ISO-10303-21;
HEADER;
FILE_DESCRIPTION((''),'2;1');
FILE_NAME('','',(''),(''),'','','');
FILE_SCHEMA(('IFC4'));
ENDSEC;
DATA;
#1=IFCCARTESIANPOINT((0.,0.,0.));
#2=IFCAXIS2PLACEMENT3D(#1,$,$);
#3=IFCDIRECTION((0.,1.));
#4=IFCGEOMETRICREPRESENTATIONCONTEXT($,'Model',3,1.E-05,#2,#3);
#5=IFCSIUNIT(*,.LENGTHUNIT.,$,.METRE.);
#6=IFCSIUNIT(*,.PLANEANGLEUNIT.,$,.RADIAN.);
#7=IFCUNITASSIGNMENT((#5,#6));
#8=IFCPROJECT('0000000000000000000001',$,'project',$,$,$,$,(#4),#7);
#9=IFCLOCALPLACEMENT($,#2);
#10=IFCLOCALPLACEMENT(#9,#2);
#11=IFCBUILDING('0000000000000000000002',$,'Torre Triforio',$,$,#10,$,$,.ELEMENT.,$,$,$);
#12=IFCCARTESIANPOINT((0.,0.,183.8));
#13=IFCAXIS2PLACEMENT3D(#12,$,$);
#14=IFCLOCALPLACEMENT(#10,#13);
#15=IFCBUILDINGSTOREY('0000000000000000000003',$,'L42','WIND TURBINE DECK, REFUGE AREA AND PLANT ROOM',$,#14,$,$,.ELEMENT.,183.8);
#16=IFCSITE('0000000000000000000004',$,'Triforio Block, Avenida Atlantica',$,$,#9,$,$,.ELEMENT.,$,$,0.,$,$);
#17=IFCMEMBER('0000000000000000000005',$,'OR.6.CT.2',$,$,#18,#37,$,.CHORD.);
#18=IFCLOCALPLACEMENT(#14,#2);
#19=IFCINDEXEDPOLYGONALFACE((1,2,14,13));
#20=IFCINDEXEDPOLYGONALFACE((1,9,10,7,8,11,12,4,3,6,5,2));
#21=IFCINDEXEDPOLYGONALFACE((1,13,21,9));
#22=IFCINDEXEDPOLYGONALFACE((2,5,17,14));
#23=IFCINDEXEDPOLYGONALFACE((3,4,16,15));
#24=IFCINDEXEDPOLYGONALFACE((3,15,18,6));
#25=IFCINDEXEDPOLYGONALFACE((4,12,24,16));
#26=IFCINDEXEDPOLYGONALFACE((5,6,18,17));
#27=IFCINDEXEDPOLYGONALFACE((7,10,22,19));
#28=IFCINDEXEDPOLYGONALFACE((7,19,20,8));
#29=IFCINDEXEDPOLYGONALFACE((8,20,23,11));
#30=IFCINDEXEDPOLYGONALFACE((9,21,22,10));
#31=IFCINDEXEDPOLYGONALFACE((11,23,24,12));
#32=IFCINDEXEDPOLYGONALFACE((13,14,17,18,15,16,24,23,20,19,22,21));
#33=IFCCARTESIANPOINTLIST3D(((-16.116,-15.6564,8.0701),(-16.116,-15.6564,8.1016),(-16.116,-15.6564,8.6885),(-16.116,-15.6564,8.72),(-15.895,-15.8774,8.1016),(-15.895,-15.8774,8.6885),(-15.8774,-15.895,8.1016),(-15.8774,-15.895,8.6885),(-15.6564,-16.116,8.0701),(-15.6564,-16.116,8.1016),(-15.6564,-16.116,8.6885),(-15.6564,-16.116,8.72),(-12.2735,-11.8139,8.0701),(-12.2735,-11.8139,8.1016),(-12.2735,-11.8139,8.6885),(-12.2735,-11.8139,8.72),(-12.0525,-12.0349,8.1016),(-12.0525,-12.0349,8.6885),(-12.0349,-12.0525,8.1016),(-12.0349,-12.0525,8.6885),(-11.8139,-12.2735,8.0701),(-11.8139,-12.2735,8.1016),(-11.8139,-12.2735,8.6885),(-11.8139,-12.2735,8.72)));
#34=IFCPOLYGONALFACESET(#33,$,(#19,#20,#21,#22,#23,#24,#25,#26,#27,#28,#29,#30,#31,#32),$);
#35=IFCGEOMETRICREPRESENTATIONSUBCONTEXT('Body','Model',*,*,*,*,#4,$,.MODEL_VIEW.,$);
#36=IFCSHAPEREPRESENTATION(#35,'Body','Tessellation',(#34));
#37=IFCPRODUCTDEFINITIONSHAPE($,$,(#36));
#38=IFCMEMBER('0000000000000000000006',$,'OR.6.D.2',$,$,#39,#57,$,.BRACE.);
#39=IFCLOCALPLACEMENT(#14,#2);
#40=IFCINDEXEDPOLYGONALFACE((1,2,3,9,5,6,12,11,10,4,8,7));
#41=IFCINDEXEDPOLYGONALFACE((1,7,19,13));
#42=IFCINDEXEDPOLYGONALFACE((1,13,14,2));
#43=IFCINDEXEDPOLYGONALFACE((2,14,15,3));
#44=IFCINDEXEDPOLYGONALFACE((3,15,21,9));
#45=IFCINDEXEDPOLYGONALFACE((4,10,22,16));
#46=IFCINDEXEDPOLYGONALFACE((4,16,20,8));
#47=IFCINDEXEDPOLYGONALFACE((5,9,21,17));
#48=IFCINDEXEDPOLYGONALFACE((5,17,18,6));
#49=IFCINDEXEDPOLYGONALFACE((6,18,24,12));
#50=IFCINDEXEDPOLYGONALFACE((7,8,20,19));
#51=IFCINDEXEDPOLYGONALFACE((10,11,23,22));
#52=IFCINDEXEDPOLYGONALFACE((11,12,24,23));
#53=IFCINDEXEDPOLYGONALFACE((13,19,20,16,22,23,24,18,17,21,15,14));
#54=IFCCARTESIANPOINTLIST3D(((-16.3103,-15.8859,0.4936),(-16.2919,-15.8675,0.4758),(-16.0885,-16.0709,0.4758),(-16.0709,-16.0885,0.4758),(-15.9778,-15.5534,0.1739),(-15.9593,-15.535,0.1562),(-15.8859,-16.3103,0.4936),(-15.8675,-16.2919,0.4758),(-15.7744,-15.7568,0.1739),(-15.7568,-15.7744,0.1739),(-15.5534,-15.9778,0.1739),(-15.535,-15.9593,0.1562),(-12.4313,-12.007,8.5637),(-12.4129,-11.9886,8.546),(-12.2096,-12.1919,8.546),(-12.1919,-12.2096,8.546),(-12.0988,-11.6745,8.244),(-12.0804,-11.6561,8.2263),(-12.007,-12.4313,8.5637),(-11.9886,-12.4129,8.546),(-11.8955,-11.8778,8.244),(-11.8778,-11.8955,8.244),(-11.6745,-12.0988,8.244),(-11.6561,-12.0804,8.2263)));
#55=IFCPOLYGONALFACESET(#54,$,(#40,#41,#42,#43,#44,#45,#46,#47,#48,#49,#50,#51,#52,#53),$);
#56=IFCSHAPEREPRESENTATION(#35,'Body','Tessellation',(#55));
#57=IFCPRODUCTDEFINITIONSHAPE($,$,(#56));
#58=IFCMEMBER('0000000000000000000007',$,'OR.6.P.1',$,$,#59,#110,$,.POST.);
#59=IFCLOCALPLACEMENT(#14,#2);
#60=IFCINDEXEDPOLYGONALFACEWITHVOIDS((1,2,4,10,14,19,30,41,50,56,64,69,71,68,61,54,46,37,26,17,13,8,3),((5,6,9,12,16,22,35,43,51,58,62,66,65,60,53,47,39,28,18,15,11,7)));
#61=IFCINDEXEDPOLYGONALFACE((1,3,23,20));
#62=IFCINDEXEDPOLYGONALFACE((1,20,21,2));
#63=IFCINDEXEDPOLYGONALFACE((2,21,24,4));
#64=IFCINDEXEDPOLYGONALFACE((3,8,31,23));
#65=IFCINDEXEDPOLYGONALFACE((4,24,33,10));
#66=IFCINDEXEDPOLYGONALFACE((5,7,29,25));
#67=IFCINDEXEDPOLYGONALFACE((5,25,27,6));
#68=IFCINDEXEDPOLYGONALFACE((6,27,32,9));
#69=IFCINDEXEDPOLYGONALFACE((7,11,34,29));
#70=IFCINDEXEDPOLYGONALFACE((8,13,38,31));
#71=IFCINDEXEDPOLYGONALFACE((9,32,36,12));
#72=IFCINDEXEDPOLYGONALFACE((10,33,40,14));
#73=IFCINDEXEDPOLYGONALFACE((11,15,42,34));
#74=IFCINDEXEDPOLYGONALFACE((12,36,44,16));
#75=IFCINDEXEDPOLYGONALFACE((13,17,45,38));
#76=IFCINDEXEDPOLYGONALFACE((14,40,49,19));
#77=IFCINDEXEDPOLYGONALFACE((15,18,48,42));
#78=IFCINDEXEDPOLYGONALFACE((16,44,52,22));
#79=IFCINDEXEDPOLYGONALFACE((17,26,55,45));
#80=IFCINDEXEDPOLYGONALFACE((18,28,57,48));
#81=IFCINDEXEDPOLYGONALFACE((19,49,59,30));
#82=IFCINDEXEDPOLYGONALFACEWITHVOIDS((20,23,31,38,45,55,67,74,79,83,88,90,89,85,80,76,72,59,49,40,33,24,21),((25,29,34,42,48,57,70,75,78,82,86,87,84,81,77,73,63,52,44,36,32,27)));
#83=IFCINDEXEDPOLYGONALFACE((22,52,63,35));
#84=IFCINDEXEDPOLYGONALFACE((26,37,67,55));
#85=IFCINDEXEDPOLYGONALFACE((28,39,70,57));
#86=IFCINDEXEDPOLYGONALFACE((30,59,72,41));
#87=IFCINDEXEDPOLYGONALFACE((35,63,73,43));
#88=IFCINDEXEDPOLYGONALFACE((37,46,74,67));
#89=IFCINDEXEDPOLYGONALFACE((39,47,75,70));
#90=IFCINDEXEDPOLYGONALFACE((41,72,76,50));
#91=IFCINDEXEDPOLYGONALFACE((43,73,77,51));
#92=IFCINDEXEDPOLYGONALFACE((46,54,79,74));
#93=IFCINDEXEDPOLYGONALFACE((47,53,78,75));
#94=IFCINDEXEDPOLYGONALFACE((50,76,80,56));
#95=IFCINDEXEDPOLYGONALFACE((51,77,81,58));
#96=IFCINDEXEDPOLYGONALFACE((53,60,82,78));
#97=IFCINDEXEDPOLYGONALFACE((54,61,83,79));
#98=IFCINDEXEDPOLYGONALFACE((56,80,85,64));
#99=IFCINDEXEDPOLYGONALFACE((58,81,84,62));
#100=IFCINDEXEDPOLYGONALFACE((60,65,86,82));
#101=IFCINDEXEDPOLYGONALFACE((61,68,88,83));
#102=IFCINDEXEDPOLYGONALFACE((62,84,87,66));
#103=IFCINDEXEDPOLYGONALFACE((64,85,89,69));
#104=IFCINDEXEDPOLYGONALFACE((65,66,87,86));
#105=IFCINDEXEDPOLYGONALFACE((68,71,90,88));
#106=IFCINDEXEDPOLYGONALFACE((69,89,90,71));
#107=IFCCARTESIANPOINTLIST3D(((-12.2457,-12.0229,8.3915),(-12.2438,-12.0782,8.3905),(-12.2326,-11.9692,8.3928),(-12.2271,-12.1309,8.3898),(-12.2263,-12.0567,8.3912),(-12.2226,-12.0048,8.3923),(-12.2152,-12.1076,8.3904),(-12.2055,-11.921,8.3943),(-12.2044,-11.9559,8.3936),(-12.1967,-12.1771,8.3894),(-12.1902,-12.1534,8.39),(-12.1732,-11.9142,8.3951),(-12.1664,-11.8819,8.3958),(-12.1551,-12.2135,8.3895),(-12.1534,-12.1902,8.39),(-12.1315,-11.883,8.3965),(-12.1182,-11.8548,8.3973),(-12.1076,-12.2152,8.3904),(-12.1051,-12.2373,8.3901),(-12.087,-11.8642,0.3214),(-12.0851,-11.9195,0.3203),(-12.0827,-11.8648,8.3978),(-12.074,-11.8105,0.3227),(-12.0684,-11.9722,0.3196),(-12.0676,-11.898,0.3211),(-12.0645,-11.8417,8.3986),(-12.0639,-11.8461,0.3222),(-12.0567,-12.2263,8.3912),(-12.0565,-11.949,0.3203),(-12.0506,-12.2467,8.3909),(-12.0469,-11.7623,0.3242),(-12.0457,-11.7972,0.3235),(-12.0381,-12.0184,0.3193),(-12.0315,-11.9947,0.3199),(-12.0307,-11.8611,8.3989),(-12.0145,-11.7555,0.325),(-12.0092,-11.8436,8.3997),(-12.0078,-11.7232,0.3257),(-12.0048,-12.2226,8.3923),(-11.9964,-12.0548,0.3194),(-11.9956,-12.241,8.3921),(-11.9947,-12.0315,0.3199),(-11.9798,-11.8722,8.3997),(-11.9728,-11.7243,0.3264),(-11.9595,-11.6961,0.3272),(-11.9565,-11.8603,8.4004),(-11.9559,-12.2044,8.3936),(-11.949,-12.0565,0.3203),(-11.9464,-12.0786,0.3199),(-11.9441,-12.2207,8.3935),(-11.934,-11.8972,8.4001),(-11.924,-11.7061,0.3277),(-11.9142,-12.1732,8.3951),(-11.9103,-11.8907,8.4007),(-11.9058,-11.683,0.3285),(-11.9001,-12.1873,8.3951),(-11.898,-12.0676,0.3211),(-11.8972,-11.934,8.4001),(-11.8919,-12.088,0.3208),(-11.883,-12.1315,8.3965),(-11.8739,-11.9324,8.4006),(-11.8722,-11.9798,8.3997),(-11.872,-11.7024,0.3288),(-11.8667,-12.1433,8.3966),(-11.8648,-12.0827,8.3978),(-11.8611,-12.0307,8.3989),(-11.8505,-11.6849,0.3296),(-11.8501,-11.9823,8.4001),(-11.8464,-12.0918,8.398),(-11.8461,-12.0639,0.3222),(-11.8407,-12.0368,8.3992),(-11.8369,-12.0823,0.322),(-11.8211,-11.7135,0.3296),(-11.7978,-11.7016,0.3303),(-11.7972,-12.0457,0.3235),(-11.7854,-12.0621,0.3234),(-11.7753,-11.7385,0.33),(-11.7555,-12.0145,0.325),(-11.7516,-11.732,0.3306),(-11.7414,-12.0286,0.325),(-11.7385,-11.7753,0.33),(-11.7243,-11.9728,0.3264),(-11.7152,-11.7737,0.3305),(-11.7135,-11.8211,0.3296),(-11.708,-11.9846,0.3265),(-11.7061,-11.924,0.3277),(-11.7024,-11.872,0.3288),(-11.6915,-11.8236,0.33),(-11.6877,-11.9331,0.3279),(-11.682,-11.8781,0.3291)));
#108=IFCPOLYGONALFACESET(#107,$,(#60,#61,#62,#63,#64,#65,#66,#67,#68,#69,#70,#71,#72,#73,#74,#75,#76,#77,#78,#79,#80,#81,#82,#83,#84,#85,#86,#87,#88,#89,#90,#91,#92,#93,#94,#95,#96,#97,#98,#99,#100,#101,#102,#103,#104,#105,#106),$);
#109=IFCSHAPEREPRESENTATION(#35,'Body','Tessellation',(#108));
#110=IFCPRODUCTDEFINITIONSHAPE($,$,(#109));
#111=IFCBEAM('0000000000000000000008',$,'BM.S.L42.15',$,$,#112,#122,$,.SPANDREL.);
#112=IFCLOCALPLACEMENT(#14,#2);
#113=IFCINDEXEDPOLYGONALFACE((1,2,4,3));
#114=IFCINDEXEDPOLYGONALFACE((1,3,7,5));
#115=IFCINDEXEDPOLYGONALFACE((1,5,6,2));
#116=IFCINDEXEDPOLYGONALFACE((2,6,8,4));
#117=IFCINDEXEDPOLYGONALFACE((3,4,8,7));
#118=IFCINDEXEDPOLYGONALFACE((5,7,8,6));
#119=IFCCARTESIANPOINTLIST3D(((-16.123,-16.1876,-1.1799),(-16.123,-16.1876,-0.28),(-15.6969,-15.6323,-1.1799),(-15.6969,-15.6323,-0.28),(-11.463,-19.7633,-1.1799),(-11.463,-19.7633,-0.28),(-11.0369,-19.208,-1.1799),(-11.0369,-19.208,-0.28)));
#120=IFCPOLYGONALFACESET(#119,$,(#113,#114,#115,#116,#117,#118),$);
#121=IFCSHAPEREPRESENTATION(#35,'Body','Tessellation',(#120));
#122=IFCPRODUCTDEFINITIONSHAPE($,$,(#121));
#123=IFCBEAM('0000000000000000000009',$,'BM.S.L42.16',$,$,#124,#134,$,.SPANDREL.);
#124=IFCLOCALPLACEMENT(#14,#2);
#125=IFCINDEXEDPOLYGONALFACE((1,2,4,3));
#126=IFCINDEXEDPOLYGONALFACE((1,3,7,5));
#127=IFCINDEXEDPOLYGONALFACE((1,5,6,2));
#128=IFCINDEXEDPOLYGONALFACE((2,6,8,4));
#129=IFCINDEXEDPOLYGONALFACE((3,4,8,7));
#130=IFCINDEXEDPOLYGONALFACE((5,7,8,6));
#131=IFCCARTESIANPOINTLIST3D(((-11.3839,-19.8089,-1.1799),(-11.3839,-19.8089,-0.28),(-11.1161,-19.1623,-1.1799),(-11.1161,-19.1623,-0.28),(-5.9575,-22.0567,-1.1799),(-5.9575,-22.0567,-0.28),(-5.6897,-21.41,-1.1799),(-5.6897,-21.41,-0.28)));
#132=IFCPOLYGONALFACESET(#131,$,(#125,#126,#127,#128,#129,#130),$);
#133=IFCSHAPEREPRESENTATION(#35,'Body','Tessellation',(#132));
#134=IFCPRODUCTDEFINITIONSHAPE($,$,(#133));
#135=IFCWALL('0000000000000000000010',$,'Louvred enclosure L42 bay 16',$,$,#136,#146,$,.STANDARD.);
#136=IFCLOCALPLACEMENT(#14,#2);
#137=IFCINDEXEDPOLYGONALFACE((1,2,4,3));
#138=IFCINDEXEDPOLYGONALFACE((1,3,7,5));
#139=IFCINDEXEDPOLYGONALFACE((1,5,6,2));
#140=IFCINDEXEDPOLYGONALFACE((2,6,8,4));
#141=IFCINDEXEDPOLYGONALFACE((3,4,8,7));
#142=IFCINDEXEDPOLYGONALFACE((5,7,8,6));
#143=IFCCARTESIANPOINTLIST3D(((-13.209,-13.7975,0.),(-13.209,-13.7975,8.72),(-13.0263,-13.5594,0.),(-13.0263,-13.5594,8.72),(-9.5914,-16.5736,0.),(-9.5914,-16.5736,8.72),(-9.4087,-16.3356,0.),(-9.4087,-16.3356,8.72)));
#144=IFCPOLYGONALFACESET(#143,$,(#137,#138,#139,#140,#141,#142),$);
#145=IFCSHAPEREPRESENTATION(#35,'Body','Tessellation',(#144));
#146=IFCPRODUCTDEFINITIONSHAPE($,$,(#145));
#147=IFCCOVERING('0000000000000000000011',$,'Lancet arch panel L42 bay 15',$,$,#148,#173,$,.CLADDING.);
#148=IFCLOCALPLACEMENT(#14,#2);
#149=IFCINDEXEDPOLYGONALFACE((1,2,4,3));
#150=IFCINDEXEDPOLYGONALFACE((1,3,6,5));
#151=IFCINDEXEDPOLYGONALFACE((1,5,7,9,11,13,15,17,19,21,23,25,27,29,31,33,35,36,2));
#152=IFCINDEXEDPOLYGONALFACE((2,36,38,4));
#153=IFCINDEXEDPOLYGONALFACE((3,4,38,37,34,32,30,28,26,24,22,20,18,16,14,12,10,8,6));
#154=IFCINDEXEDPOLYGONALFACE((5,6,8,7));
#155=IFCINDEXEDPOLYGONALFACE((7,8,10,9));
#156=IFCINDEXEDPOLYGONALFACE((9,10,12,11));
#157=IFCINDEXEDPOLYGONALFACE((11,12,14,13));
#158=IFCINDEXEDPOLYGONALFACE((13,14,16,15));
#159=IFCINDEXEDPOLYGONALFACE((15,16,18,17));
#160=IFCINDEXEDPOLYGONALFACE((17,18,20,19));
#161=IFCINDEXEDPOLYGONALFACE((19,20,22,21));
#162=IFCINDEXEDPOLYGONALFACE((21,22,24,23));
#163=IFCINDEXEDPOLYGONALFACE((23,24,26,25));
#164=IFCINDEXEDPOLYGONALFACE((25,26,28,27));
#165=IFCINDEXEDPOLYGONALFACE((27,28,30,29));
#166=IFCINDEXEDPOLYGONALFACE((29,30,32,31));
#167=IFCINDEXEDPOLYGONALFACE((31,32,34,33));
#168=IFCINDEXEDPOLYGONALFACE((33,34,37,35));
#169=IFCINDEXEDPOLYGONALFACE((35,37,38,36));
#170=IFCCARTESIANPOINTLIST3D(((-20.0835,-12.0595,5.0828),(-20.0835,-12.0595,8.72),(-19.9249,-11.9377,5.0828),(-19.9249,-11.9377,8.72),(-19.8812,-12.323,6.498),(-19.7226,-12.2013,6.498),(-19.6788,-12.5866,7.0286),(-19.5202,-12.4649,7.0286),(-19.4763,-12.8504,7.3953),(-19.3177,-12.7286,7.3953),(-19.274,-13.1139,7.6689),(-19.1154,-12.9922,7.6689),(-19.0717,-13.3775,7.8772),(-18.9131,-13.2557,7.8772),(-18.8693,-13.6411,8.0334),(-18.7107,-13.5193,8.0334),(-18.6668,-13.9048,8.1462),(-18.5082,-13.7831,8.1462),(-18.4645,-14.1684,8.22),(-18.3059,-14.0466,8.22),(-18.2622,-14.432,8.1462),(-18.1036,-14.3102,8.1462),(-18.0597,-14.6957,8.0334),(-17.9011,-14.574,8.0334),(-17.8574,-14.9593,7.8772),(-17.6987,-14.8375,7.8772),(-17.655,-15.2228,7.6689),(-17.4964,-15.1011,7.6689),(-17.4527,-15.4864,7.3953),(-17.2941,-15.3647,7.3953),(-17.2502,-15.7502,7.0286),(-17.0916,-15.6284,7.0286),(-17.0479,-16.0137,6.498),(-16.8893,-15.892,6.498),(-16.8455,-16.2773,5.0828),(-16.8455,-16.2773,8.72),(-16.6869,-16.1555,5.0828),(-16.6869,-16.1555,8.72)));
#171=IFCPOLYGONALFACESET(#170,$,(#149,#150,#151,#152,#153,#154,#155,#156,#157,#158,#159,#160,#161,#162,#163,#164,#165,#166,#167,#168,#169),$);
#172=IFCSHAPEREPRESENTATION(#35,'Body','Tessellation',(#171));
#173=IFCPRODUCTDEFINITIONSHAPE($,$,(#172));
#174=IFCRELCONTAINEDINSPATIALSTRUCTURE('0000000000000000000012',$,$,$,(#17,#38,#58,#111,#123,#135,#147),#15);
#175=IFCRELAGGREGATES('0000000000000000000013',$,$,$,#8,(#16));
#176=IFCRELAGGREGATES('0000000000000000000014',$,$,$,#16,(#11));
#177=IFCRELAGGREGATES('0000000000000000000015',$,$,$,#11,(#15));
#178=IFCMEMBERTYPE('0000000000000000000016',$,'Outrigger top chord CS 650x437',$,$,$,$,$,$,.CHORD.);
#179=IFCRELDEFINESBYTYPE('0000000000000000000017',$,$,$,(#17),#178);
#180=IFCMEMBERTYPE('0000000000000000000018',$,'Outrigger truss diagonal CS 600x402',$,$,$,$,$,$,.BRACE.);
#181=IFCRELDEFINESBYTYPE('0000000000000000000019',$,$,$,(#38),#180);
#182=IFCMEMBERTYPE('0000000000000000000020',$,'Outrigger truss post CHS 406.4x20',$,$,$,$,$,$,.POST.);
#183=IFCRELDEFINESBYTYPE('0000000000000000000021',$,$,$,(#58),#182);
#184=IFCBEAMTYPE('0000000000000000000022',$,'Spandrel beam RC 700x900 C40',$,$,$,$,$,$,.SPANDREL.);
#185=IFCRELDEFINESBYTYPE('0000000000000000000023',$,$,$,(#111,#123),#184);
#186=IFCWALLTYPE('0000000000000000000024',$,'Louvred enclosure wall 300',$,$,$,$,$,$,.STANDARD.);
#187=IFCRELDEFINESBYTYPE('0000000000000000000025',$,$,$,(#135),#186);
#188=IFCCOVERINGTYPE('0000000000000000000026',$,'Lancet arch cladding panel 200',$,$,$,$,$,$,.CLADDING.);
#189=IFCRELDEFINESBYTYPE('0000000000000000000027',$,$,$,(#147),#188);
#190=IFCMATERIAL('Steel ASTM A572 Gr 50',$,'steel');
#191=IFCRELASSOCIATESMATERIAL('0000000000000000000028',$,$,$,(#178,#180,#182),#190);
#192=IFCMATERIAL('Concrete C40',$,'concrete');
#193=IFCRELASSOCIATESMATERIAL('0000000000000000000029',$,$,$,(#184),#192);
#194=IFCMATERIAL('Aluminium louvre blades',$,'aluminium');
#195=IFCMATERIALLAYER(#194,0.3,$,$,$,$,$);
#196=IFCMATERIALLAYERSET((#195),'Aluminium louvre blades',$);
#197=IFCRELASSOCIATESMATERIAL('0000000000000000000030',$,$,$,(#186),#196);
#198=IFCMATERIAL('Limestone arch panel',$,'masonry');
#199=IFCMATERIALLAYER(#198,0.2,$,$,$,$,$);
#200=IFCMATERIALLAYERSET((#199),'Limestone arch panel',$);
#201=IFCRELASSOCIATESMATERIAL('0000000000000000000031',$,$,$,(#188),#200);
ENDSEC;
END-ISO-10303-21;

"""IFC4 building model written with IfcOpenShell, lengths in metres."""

from ifc_helpers import new_model, si_unit, direction, frame, frame_2d, origin, origin_2d, place, context, subcontext, project, spatial, polyline, rectangle, hollow_circle, i_section, outline, extrude, material, layer, layer_set, material_profile, profile_set, type_object, element, save


model = new_model("IFC4")

# Units and contexts
model_context = context("Model", 3, precision=1e-05, world=origin(), true_north=direction((0.0, 1.0)))
body_context = subcontext(model_context, "Body", "Model", "MODEL_VIEW")
ifc_project = project(units=[si_unit("LENGTHUNIT", "METRE"), si_unit("PLANEANGLEUNIT", "RADIAN")], contexts=[model_context])

# Site, building, storey
site_placement = place(None, origin())
site = spatial("IfcSite", under=ifc_project, at=site_placement, Name="Triforio Block, Avenida Atlantica", CompositionType="ELEMENT", RefElevation=0.0)
building_placement = place(site_placement, origin())
building = spatial("IfcBuilding", under=site, at=building_placement, Name="Torre Triforio", CompositionType="ELEMENT")
storey_placement = place(building_placement, frame((0.0, 0.0, 183.8)))
storey = spatial("IfcBuildingStorey", under=building, at=storey_placement, Name="L42", Description="WIND TURBINE DECK, REFUGE AREA AND PLANT ROOM", CompositionType="ELEMENT", Elevation=183.8)

# Members
ifc_material_1 = material(Name="Steel ASTM A572 Gr 50", Category="steel")
ifc_material_profile_1 = material_profile(ifc_material_1, i_section(OverallWidth=0.6499, OverallDepth=0.6499, WebThickness=0.0249, FlangeThickness=0.0315, at=origin_2d()), Name="CS 650x437")
ifc_profile_set_1 = profile_set([ifc_material_profile_1], Name="Steel ASTM A572 Gr 50")
member_type_1 = type_object("IfcMemberType", Name="Outrigger top chord CS 650x437", PredefinedType="CHORD", material=ifc_profile_set_1)
member_1_placement = place(storey_placement, frame((-12.0437, -12.0437, 8.395), z_axis=(-0.707107, -0.707107, 0.0), x_axis=(0.707107, -0.707107, 0.0)))
element("IfcMember", 1, at=member_1_placement, inside=storey, type_object=member_type_1, Name="OR.6.CT.2", PredefinedType="CHORD", context=body_context, shape_type="SweptSolid", body=[
    extrude(i_section(OverallWidth=0.6499, OverallDepth=0.6499, WebThickness=0.0249, FlangeThickness=0.0315, at=origin_2d()), origin(), (0.0, 0.0, 1.0), 5.4341),
])
ifc_material_profile_2 = material_profile(ifc_material_1, i_section(OverallWidth=0.6001, OverallDepth=0.6001, WebThickness=0.0249, FlangeThickness=0.0315, at=origin_2d()), Name="CS 600x402")
ifc_profile_set_2 = profile_set([ifc_material_profile_2], Name="Steel ASTM A572 Gr 50")
member_type_2 = type_object("IfcMemberType", Name="Outrigger truss diagonal CS 600x402", PredefinedType="BRACE", material=ifc_profile_set_2)
member_2_placement = place(storey_placement, frame((-12.0437, -12.0437, 8.395), z_axis=(-0.397512, -0.397512, -0.827024), x_axis=(0.707107, -0.707107, 0.0)))
element("IfcMember", 2, at=member_2_placement, inside=storey, type_object=member_type_2, Name="OR.6.D.2", PredefinedType="BRACE", context=body_context, shape_type="SweptSolid", body=[
    extrude(i_section(OverallWidth=0.6001, OverallDepth=0.6001, WebThickness=0.0249, FlangeThickness=0.0315, at=origin_2d()), origin(), (0.0, 0.0, 1.0), 9.7581),
])
ifc_material_profile_3 = material_profile(ifc_material_1, hollow_circle(Radius=0.2031, WallThickness=0.02, at=origin_2d()), Name="CHS 406.4x20")
ifc_profile_set_3 = profile_set([ifc_material_profile_3], Name="Steel ASTM A572 Gr 50")
member_type_3 = type_object("IfcMemberType", Name="Outrigger truss post CHS 406.4x20", PredefinedType="POST", material=ifc_profile_set_3)
member_3_placement = place(storey_placement, frame((-11.885, -11.885, 0.325), z_axis=(-0.019657, -0.019657, 0.999614), x_axis=(0.707107, -0.707107, 0.0)))
element("IfcMember", 3, at=member_3_placement, inside=storey, type_object=member_type_3, Name="OR.6.P.1", PredefinedType="POST", context=body_context, shape_type="SweptSolid", body=[
    extrude(hollow_circle(Radius=0.2031, WallThickness=0.02, at=origin_2d()), origin(), (0.0, 0.0, 1.0), 8.0732),
])

# Beams
ifc_material_2 = material(Name="Concrete C40", Category="concrete")
ifc_material_profile_4 = material_profile(ifc_material_2, rectangle(XDim=0.7, YDim=0.8999, at=origin_2d()), Name="RC 700x900")
ifc_profile_set_4 = profile_set([ifc_material_profile_4], Name="Concrete C40")
beam_type = type_object("IfcBeamType", Name="Spandrel beam RC 700x900 C40", PredefinedType="SPANDREL", material=ifc_profile_set_4)
beam_1_placement = place(storey_placement, frame((-15.9099, -15.9099, -0.73), z_axis=(0.793353, -0.608762, 0.0), x_axis=(0.608762, 0.793353, 0.0)))
element("IfcBeam", 4, at=beam_1_placement, inside=storey, type_object=beam_type, Name="BM.S.L42.15", PredefinedType="SPANDREL", context=body_context, shape_type="SweptSolid", body=[
    extrude(rectangle(XDim=0.7, YDim=0.8999, at=origin_2d()), origin(), (0.0, 0.0, 1.0), 5.8738),
])
beam_2_placement = place(storey_placement, frame((-11.25, -19.4856, -0.73), z_axis=(0.923875, -0.382693, 0.0), x_axis=(0.382693, 0.923875, 0.0)))
element("IfcBeam", 5, at=beam_2_placement, inside=storey, type_object=beam_type, Name="BM.S.L42.16", PredefinedType="SPANDREL", context=body_context, shape_type="SweptSolid", body=[
    extrude(rectangle(XDim=0.7, YDim=0.8999, at=origin_2d()), origin(), (0.0, 0.0, 1.0), 5.8735),
])

# Wall
ifc_material_3 = material(Name="Aluminium louvre blades", Category="aluminium")
ifc_layer_1 = layer(ifc_material_3, 0.3)
ifc_layer_set_1 = layer_set([ifc_layer_1], Name="Aluminium louvre blades")
wall_type = type_object("IfcWallType", Name="Louvred enclosure wall 300", PredefinedType="STANDARD", material=ifc_layer_set_1)
wall_placement = place(storey_placement, frame((-13.1177, -13.6785, 0.0), z_axis=(0.0, 0.0, 1.0), x_axis=(0.793334, -0.608787, 0.0)))
element("IfcWall", 6, at=wall_placement, inside=storey, type_object=wall_type, Name="Louvred enclosure L42 bay 16", PredefinedType="STANDARD", context=body_context, shape_type="SweptSolid", body=[
    extrude(rectangle(XDim=4.5601, YDim=0.3, at=frame_2d((2.28, 0.0))), origin(), (0.0, 0.0, 1.0), 8.72),
])

# Covering
ifc_material_4 = material(Name="Limestone arch panel", Category="masonry")
ifc_layer_2 = layer(ifc_material_4, 0.2)
ifc_layer_set_2 = layer_set([ifc_layer_2], Name="Limestone arch panel")
covering_type_1 = type_object("IfcCoveringType", Name="Lancet arch cladding panel 200", PredefinedType="CLADDING", material=ifc_layer_set_2)
for number, where, z_axis, x_axis, name in (
    (7, (-18.3059, -14.0466, 0.0), (-0.793213, -0.608944, 0.0), (0.608944, -0.793213, 0.0), "Lancet arch panel L42 bay 15"),
):
    element("IfcCovering", number, at=place(storey_placement, frame(where, z_axis=z_axis, x_axis=x_axis)), inside=storey, type_object=covering_type_1, Name=name, PredefinedType="CLADDING", context=body_context, shape_type="SweptSolid", body=[
        extrude(outline(polyline([(-2.6587, 8.72), (-2.6587, 5.0828), (-2.3264, 6.498), (-1.9941, 7.0286), (-1.6616, 7.3953), (-1.3293, 7.6689), (-0.9971, 7.8772), (-0.6648, 8.0334), (-0.3323, 8.1462), (0.0, 8.22), (0.3323, 8.1462), (0.6648, 8.0334), (0.9971, 7.8772), (1.3293, 7.6689), (1.6616, 7.3953), (1.9941, 7.0286), (2.3264, 6.498), (2.6587, 5.0828), (2.6587, 8.72), (-2.6587, 8.72)])), origin(), (0.0, 0.0, 1.0), 0.2),
    ])

save(model, "model.ifc")
